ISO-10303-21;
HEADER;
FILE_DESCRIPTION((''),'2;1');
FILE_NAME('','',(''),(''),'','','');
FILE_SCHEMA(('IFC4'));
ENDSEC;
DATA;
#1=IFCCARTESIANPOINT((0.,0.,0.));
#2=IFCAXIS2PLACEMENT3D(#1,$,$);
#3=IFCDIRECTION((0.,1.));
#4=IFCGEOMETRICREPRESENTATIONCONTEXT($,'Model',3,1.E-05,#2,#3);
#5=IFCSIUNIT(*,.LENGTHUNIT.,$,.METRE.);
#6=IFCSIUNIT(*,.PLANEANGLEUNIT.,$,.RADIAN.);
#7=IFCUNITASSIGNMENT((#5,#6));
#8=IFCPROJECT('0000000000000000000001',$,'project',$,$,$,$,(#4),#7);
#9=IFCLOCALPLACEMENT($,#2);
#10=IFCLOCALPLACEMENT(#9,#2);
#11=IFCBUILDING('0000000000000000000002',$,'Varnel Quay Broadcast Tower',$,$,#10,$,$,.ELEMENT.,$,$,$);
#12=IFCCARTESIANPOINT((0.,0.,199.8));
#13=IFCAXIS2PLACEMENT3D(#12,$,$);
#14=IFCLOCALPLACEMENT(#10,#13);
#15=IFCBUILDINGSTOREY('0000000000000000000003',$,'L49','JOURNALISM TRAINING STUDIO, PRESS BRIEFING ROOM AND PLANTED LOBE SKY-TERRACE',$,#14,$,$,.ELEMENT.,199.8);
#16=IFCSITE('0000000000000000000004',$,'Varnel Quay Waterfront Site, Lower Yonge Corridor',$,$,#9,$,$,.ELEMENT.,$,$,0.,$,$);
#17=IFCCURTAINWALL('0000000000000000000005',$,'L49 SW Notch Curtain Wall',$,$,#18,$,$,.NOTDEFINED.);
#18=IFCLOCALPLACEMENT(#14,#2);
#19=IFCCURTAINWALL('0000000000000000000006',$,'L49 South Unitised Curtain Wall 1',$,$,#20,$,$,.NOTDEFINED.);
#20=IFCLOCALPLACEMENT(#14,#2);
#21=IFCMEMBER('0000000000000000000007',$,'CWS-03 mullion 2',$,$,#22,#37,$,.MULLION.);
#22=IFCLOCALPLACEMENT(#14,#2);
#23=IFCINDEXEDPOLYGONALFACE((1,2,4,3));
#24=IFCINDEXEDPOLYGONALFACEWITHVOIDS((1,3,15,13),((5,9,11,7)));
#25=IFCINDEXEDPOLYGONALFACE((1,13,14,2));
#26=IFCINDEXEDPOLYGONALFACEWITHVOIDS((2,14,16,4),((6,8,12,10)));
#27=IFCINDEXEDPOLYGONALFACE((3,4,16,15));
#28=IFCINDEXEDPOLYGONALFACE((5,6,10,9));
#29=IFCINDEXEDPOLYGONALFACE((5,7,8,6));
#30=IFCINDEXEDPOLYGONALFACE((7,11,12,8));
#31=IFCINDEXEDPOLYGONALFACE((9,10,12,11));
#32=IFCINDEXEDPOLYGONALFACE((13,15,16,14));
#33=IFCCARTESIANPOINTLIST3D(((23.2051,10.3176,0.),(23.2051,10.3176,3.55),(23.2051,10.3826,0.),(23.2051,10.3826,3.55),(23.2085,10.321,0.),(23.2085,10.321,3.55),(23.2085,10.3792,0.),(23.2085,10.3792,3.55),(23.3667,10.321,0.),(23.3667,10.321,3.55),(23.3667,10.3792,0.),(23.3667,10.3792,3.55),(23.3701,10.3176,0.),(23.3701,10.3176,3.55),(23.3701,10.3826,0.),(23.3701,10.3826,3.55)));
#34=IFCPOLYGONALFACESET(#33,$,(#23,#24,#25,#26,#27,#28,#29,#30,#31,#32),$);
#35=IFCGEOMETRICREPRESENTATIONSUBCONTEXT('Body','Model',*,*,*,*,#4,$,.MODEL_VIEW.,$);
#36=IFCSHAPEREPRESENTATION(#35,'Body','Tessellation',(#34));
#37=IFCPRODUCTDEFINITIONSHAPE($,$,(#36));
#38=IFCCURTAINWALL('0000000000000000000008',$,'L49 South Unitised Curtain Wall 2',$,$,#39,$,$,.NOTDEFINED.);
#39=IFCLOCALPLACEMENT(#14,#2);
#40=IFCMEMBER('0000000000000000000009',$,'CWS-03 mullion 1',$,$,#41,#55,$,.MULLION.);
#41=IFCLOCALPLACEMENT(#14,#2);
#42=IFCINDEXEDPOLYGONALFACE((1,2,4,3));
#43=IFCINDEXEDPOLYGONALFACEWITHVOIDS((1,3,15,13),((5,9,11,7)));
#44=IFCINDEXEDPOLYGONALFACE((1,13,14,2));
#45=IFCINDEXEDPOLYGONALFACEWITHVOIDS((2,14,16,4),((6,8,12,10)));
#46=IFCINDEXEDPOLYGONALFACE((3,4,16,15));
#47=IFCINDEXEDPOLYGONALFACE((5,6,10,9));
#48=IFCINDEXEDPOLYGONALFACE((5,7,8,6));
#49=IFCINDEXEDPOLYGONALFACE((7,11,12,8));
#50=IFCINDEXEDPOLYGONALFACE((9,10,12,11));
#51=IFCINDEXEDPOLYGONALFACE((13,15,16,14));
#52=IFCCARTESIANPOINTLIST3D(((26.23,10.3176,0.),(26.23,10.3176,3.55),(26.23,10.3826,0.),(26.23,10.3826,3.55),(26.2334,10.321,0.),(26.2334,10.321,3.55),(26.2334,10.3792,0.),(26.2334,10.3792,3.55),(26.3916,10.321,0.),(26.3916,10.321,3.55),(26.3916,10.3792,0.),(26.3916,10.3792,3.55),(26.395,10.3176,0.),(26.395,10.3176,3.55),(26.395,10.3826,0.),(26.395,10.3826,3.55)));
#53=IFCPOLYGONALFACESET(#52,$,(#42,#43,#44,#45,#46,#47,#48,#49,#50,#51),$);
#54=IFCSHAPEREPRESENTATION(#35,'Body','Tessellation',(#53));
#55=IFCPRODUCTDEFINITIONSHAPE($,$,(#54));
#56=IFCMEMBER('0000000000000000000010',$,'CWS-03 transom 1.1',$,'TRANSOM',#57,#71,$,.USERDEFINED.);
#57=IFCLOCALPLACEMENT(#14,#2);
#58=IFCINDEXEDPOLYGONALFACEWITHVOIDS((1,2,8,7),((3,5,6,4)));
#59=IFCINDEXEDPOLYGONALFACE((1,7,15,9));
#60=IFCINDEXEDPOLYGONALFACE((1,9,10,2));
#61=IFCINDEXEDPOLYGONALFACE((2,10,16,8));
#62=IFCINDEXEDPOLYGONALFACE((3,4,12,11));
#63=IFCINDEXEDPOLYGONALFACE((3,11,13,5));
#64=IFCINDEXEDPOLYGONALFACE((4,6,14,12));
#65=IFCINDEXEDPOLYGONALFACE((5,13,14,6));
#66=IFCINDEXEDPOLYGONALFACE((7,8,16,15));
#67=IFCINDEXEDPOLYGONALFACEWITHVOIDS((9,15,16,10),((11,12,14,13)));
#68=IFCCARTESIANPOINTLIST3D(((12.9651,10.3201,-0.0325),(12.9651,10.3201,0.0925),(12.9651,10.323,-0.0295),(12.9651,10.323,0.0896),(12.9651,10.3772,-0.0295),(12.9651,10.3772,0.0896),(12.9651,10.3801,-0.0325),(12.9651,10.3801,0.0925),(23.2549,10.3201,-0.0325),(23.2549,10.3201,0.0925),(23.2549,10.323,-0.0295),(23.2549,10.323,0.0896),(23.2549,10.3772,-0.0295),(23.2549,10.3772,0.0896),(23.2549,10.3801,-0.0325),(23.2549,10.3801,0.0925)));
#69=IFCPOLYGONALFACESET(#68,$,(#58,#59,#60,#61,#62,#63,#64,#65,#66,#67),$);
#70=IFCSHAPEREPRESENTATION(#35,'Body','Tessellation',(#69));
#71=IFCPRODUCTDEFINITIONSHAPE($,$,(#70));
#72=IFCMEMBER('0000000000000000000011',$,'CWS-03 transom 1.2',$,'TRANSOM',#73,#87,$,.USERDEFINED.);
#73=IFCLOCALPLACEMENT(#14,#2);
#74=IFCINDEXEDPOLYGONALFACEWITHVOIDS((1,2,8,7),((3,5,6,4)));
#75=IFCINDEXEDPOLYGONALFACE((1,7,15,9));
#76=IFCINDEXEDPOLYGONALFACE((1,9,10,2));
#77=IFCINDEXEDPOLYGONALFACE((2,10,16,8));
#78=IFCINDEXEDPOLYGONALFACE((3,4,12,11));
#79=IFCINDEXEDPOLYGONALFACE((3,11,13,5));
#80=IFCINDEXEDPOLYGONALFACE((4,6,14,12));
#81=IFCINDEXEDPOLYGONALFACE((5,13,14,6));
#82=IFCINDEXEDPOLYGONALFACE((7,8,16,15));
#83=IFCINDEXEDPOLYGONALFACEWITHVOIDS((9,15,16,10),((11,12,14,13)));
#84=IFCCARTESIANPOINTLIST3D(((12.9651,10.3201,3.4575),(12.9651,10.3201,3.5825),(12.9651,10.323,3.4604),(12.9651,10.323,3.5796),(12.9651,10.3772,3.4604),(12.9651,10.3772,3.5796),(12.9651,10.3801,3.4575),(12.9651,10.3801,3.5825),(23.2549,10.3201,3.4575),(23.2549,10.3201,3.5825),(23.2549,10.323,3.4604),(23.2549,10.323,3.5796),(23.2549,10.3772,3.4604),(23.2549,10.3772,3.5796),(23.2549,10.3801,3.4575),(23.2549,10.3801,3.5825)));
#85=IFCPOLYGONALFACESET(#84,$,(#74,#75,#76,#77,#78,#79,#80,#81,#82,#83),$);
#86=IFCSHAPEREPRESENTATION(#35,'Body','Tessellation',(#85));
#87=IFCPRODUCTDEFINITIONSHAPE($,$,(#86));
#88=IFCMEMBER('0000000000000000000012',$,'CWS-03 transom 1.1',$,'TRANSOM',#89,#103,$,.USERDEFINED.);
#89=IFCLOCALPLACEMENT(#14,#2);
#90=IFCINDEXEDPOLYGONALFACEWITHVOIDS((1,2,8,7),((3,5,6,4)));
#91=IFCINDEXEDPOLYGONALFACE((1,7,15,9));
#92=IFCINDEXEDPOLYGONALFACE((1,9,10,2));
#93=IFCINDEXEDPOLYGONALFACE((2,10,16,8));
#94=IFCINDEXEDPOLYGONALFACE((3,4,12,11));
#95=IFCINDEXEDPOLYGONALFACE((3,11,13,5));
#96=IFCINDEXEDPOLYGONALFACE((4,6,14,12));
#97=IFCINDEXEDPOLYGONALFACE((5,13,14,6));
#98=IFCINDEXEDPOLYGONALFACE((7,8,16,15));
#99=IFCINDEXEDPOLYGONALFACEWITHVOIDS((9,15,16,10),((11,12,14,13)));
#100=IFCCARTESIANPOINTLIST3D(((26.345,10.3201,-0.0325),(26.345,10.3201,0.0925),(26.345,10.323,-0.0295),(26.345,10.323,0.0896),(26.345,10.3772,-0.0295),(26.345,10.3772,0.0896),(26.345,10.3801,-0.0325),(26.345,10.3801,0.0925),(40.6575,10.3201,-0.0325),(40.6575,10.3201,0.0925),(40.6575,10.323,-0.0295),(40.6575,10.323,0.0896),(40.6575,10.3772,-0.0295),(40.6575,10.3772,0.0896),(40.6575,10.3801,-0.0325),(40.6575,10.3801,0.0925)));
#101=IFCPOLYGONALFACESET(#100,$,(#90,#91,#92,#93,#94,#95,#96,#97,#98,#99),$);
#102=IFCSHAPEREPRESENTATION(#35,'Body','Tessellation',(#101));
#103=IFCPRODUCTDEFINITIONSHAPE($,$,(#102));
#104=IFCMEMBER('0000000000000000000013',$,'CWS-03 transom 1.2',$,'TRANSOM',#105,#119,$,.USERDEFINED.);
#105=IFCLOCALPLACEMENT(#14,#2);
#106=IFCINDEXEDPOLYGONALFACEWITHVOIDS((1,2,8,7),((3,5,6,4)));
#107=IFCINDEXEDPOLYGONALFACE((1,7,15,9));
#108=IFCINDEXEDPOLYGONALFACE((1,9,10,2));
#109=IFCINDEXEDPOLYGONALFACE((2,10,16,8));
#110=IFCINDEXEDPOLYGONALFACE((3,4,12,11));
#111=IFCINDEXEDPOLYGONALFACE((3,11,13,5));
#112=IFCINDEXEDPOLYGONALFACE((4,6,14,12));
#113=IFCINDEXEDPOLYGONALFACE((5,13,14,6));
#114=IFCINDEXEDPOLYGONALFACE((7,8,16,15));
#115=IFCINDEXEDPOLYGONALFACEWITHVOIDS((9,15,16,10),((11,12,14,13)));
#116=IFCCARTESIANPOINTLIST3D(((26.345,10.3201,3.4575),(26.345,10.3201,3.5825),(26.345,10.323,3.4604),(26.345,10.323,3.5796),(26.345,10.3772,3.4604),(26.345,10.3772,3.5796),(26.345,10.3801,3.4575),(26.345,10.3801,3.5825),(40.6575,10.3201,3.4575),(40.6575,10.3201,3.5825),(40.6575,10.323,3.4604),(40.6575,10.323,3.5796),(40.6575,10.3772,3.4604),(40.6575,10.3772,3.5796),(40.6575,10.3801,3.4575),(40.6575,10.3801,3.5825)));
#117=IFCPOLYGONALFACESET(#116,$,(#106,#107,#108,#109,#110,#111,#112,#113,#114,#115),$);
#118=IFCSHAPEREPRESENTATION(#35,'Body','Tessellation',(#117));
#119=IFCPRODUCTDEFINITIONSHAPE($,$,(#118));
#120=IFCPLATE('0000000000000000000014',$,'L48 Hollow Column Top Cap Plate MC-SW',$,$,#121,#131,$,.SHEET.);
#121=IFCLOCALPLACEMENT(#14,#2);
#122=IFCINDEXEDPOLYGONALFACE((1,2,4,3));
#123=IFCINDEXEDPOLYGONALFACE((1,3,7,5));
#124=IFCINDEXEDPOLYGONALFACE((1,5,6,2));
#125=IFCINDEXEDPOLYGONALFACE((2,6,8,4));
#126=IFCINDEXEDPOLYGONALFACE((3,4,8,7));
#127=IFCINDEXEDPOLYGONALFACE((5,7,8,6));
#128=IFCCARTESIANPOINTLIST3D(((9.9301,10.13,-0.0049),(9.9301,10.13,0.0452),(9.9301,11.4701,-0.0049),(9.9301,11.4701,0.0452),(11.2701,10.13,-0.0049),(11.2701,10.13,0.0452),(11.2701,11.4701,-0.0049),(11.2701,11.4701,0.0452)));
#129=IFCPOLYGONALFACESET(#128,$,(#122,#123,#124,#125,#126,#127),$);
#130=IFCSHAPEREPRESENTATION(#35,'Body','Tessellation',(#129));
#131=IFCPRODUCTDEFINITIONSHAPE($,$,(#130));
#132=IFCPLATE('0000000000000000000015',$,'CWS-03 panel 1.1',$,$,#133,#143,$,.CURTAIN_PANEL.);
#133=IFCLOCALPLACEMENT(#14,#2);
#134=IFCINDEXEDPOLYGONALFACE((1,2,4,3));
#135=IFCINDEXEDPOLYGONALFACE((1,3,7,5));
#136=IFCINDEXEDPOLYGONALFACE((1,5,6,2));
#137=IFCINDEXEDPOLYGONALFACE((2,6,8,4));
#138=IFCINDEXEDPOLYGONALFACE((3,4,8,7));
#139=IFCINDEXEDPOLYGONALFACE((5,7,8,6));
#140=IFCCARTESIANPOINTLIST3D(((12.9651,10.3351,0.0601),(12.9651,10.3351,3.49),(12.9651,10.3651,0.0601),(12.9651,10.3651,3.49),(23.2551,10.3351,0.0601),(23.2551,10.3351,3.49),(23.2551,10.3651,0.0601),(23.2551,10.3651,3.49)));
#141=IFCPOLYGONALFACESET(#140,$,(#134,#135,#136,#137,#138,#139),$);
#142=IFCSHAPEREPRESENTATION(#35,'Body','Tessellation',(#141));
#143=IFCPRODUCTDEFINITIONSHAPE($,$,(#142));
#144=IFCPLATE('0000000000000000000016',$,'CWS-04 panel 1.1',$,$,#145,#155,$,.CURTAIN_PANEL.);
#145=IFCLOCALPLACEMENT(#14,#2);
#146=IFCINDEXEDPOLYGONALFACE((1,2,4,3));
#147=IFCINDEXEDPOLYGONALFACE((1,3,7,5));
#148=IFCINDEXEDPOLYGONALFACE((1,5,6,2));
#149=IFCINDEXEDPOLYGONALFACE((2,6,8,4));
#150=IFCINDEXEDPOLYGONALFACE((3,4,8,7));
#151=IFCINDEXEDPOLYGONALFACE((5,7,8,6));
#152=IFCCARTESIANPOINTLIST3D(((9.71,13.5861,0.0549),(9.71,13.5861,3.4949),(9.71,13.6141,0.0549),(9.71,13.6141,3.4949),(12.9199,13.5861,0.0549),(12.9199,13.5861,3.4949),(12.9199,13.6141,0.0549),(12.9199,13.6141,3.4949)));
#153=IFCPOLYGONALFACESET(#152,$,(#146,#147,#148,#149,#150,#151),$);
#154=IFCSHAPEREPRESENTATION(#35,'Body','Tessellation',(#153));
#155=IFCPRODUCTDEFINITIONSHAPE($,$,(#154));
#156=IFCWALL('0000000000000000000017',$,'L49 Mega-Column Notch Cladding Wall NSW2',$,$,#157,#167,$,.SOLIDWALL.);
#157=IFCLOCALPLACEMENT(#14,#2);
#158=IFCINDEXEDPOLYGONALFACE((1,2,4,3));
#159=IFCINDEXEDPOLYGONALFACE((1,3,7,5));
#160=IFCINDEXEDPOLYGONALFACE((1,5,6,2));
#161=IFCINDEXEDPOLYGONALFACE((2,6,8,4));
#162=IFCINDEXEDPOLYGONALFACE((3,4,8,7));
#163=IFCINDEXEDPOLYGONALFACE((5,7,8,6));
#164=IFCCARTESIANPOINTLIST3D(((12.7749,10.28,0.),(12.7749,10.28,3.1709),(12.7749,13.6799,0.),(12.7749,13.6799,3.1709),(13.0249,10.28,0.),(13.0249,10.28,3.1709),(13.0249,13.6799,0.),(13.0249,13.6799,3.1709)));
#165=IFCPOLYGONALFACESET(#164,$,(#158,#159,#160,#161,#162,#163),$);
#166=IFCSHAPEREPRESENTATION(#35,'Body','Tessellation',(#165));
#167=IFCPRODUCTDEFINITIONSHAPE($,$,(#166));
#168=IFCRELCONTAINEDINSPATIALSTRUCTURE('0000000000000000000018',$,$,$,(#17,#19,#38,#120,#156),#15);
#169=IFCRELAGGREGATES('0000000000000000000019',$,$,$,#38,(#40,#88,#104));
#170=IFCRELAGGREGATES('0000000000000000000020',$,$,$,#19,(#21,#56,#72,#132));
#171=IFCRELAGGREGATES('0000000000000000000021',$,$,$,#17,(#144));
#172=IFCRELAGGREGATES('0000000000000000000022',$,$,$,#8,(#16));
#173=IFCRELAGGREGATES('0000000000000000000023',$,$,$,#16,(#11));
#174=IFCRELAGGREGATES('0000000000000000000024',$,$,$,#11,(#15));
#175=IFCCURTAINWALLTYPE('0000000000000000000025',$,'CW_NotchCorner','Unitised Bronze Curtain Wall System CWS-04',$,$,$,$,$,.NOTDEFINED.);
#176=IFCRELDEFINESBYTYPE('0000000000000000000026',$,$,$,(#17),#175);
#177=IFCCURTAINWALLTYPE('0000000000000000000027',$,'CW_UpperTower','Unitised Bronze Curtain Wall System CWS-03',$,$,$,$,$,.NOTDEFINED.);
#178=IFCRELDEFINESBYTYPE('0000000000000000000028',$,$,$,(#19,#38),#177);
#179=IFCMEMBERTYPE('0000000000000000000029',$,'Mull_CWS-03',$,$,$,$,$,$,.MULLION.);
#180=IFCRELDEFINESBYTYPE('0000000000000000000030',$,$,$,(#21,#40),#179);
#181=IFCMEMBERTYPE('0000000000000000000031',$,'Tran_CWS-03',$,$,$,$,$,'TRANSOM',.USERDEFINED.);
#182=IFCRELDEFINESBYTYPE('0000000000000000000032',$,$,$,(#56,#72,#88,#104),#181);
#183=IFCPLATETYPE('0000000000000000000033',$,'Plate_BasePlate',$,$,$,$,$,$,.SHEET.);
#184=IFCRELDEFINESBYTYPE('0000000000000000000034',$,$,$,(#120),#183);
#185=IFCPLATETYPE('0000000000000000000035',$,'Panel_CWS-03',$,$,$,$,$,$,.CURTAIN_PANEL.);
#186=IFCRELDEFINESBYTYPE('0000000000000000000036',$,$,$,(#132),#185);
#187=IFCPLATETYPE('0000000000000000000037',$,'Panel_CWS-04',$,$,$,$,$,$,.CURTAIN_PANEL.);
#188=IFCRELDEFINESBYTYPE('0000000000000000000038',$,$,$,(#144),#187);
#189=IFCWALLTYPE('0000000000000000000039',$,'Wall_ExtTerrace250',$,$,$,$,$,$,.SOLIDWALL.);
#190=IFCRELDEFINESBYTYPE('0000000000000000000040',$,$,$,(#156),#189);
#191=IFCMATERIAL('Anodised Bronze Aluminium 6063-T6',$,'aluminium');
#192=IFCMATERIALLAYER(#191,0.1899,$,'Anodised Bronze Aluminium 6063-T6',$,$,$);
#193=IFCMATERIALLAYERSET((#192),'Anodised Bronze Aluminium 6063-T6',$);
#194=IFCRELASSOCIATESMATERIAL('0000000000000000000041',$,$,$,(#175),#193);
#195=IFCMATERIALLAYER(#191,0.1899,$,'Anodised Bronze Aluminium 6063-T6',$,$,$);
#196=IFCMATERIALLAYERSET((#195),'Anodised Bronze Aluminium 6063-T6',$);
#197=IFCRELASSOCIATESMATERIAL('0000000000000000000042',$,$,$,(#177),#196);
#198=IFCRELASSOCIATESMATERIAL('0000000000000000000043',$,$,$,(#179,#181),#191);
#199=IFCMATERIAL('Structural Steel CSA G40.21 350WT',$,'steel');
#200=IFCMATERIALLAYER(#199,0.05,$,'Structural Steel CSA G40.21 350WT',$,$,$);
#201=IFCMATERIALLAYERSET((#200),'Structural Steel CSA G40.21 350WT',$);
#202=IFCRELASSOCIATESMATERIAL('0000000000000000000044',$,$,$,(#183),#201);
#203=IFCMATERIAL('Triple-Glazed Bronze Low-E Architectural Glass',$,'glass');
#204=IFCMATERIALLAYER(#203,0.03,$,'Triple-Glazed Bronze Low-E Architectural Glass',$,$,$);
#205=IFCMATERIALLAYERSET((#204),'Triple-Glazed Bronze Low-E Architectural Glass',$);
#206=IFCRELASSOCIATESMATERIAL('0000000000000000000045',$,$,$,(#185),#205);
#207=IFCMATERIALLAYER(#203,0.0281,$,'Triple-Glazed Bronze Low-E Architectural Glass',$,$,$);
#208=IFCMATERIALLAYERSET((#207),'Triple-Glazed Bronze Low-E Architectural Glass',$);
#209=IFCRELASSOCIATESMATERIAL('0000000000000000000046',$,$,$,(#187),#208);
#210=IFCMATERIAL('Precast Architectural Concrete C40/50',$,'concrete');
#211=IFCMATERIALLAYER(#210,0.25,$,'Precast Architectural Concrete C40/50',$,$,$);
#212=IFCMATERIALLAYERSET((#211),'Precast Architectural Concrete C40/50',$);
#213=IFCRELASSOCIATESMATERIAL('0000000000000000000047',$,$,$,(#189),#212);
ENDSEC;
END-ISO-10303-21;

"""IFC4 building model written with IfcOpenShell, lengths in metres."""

from ifc_helpers import new_model, si_unit, direction, frame, frame_2d, origin, origin_2d, place, context, subcontext, project, spatial, rectangle, hollow_rectangle, extrude, source, transform, mapped, material, layer, layer_set, material_profile, profile_set, type_object, type_shapes, element, aggregate, save


model = new_model("IFC4")

# Units and contexts
model_context = context("Model", 3, precision=1e-05, world=origin(), true_north=direction((0.0, 1.0)))
body_context = subcontext(model_context, "Body", "Model", "MODEL_VIEW")
ifc_project = project(units=[si_unit("LENGTHUNIT", "METRE"), si_unit("PLANEANGLEUNIT", "RADIAN")], contexts=[model_context])

# Site, building, storey
site_placement = place(None, origin())
site = spatial("IfcSite", under=ifc_project, at=site_placement, Name="Varnel Quay Waterfront Site, Lower Yonge Corridor", CompositionType="ELEMENT", RefElevation=0.0)
building_placement = place(site_placement, origin())
building = spatial("IfcBuilding", under=site, at=building_placement, Name="Varnel Quay Broadcast Tower", CompositionType="ELEMENT")
storey_placement = place(building_placement, frame((0.0, 0.0, 199.8)))
storey = spatial("IfcBuildingStorey", under=building, at=storey_placement, Name="L49", Description="JOURNALISM TRAINING STUDIO, PRESS BRIEFING ROOM AND PLANTED LOBE SKY-TERRACE", CompositionType="ELEMENT", Elevation=199.8)

# Shared definitions
ifc_material_1 = material(Name="Structural Steel CSA G40.21 350WT", Category="steel")

# Curtain wall
ifc_material_2 = material(Name="Anodised Bronze Aluminium 6063-T6", Category="aluminium")
ifc_layer_1 = layer(ifc_material_2, 0.1899, Name="Anodised Bronze Aluminium 6063-T6")
ifc_layer_set_1 = layer_set([ifc_layer_1], Name="Anodised Bronze Aluminium 6063-T6")
curtain_wall_type_1 = type_object("IfcCurtainWallType", Name="CW_NotchCorner", Description="Unitised Bronze Curtain Wall System CWS-04", PredefinedType="NOTDEFINED", material=ifc_layer_set_1)
curtain_wall_1_placement = place(storey_placement, origin())
curtain_wall_1 = element("IfcCurtainWall", 1, at=curtain_wall_1_placement, inside=storey, type_object=curtain_wall_type_1, Name="L49 SW Notch Curtain Wall", PredefinedType="NOTDEFINED")

# Curtain wall, member
ifc_layer_2 = layer(ifc_material_2, 0.1899, Name="Anodised Bronze Aluminium 6063-T6")
ifc_layer_set_2 = layer_set([ifc_layer_2], Name="Anodised Bronze Aluminium 6063-T6")
curtain_wall_type_2 = type_object("IfcCurtainWallType", Name="CW_UpperTower", Description="Unitised Bronze Curtain Wall System CWS-03", PredefinedType="NOTDEFINED", material=ifc_layer_set_2)
curtain_wall_2_placement = place(storey_placement, origin())
curtain_wall_2 = element("IfcCurtainWall", 2, at=curtain_wall_2_placement, inside=storey, type_object=curtain_wall_type_2, Name="L49 South Unitised Curtain Wall 1", PredefinedType="NOTDEFINED")
ifc_material_profile_1 = material_profile(ifc_material_2, hollow_rectangle(XDim=0.0649, YDim=0.165, WallThickness=0.0034, at=origin_2d()), Name="ALU65X165X3.5")
ifc_profile_set_1 = profile_set([ifc_material_profile_1], Name="Anodised Bronze Aluminium 6063-T6")
member_type_1 = type_object("IfcMemberType", Name="Mull_CWS-03", PredefinedType="MULLION", material=ifc_profile_set_1)
shared_shape_1 = source(origin(), body_context, "Body", "SweptSolid", [
    extrude(hollow_rectangle(XDim=0.0649, YDim=0.165, WallThickness=0.0034, at=origin_2d()), origin(), (0.0, 0.0, 1.0), 3.55),
])
type_shapes(member_type_1, [shared_shape_1])
member_1_placement = place(storey_placement, frame((23.2876, 10.3501, 0.0), z_axis=(0.0, 0.0, 1.0), x_axis=(0.0, 1.0, 0.0)))
member_1 = element("IfcMember", 3, at=member_1_placement, type_object=member_type_1, Name="CWS-03 mullion 2", PredefinedType="MULLION", context=body_context, shape_type="MappedRepresentation", body=[
    mapped(shared_shape_1, transform((0.0, 0.0, 0.0), x_axis=(1.0, 0.0, 0.0), y_axis=(0.0, 1.0, 0.0), z_axis=(0.0, 0.0, 1.0), scale=1.0)),
])

# Curtain wall, member
curtain_wall_3_placement = place(storey_placement, origin())
curtain_wall_3 = element("IfcCurtainWall", 4, at=curtain_wall_3_placement, inside=storey, type_object=curtain_wall_type_2, Name="L49 South Unitised Curtain Wall 2", PredefinedType="NOTDEFINED")
member_2_placement = place(storey_placement, frame((26.3125, 10.3501, 0.0), z_axis=(0.0, 0.0, 1.0), x_axis=(0.0, 1.0, 0.0)))
member_2 = element("IfcMember", 5, at=member_2_placement, type_object=member_type_1, Name="CWS-03 mullion 1", PredefinedType="MULLION", context=body_context, shape_type="MappedRepresentation", body=[
    mapped(shared_shape_1, transform((0.0, 0.0, 0.0), x_axis=(1.0, 0.0, 0.0), y_axis=(0.0, 1.0, 0.0), z_axis=(0.0, 0.0, 1.0), scale=1.0)),
])

# Members
ifc_material_profile_2 = material_profile(ifc_material_2, hollow_rectangle(XDim=0.0601, YDim=0.125, WallThickness=0.0029, at=origin_2d()), Name="ALU60X125X3")
ifc_profile_set_2 = profile_set([ifc_material_profile_2], Name="Anodised Bronze Aluminium 6063-T6")
member_type_2 = type_object("IfcMemberType", Name="Tran_CWS-03", ElementType="TRANSOM", PredefinedType="USERDEFINED", material=ifc_profile_set_2)
shared_shape_2 = source(origin(), body_context, "Body", "SweptSolid", [
    extrude(hollow_rectangle(XDim=0.0601, YDim=0.125, WallThickness=0.0029, at=origin_2d()), origin(), (0.0, 0.0, 1.0), 10.2898),
])
member_3_placement = place(storey_placement, frame((12.9651, 10.3501, 0.03), z_axis=(1.0, 0.0, 0.0), x_axis=(0.0, 1.0, 0.0)))
member_3 = element("IfcMember", 6, at=member_3_placement, type_object=member_type_2, Name="CWS-03 transom 1.1", ObjectType="TRANSOM", PredefinedType="USERDEFINED", context=body_context, shape_type="MappedRepresentation", body=[
    mapped(shared_shape_2, transform((0.0, 0.0, 0.0), x_axis=(1.0, 0.0, 0.0), y_axis=(0.0, 1.0, 0.0), z_axis=(0.0, 0.0, 1.0), scale=1.0)),
])
member_4_placement = place(storey_placement, frame((12.9651, 10.3501, 3.52), z_axis=(1.0, 0.0, 0.0), x_axis=(0.0, 1.0, 0.0)))
member_4 = element("IfcMember", 7, at=member_4_placement, type_object=member_type_2, Name="CWS-03 transom 1.2", ObjectType="TRANSOM", PredefinedType="USERDEFINED", context=body_context, shape_type="MappedRepresentation", body=[
    mapped(shared_shape_2, transform((0.0, 0.0, 0.0), x_axis=(1.0, 0.0, 0.0), y_axis=(0.0, 1.0, 0.0), z_axis=(0.0, 0.0, 1.0), scale=1.0)),
])
shared_shape_3 = source(origin(), body_context, "Body", "SweptSolid", [
    extrude(hollow_rectangle(XDim=0.0601, YDim=0.125, WallThickness=0.0029, at=origin_2d()), origin(), (0.0, 0.0, 1.0), 14.3125),
])
type_shapes(member_type_2, [shared_shape_2, shared_shape_3])
member_5_placement = place(storey_placement, frame((26.345, 10.3501, 0.03), z_axis=(1.0, 0.0, 0.0), x_axis=(0.0, 1.0, 0.0)))
member_5 = element("IfcMember", 8, at=member_5_placement, type_object=member_type_2, Name="CWS-03 transom 1.1", ObjectType="TRANSOM", PredefinedType="USERDEFINED", context=body_context, shape_type="MappedRepresentation", body=[
    mapped(shared_shape_3, transform((0.0, 0.0, 0.0), x_axis=(1.0, 0.0, 0.0), y_axis=(0.0, 1.0, 0.0), z_axis=(0.0, 0.0, 1.0), scale=1.0)),
])
member_6_placement = place(storey_placement, frame((26.345, 10.3501, 3.52), z_axis=(1.0, 0.0, 0.0), x_axis=(0.0, 1.0, 0.0)))
member_6 = element("IfcMember", 9, at=member_6_placement, type_object=member_type_2, Name="CWS-03 transom 1.2", ObjectType="TRANSOM", PredefinedType="USERDEFINED", context=body_context, shape_type="MappedRepresentation", body=[
    mapped(shared_shape_3, transform((0.0, 0.0, 0.0), x_axis=(1.0, 0.0, 0.0), y_axis=(0.0, 1.0, 0.0), z_axis=(0.0, 0.0, 1.0), scale=1.0)),
])
aggregate(curtain_wall_3, [member_2, member_5, member_6])

# Plates
ifc_layer_3 = layer(ifc_material_1, 0.05, Name="Structural Steel CSA G40.21 350WT")
ifc_layer_set_3 = layer_set([ifc_layer_3], Name="Structural Steel CSA G40.21 350WT")
plate_type_1 = type_object("IfcPlateType", Name="Plate_BasePlate", PredefinedType="SHEET", material=ifc_layer_set_3)
shared_shape_4 = source(origin(), body_context, "Body", "SweptSolid", [
    extrude(rectangle(XDim=1.3401, YDim=1.3401, at=origin_2d()), origin(), (0.0, 0.0, 1.0), 0.05),
])
type_shapes(plate_type_1, [shared_shape_4])
plate_1_placement = place(storey_placement, frame((10.6001, 10.8, -0.0049), z_axis=(0.0, 0.0, 1.0), x_axis=(1.0, 0.0, 0.0)))
element("IfcPlate", 10, at=plate_1_placement, inside=storey, type_object=plate_type_1, Name="L48 Hollow Column Top Cap Plate MC-SW", PredefinedType="SHEET", context=body_context, shape_type="MappedRepresentation", body=[
    mapped(shared_shape_4, transform((0.0, 0.0, 0.0), x_axis=(1.0, 0.0, 0.0), y_axis=(0.0, 1.0, 0.0), z_axis=(0.0, 0.0, 1.0), scale=1.0)),
])
ifc_material_3 = material(Name="Triple-Glazed Bronze Low-E Architectural Glass", Category="glass")
ifc_layer_4 = layer(ifc_material_3, 0.03, Name="Triple-Glazed Bronze Low-E Architectural Glass")
ifc_layer_set_4 = layer_set([ifc_layer_4], Name="Triple-Glazed Bronze Low-E Architectural Glass")
plate_type_2 = type_object("IfcPlateType", Name="Panel_CWS-03", PredefinedType="CURTAIN_PANEL", material=ifc_layer_set_4)
shared_shape_5 = source(origin(), body_context, "Body", "SweptSolid", [
    extrude(rectangle(XDim=10.29, YDim=0.03, at=origin_2d()), origin(), (0.0, 0.0, 1.0), 3.4299),
])
type_shapes(plate_type_2, [shared_shape_5])
plate_2_placement = place(storey_placement, frame((18.1101, 10.3501, 0.0601), z_axis=(0.0, 0.0, 1.0), x_axis=(1.0, 0.0, 0.0)))
plate_2 = element("IfcPlate", 11, at=plate_2_placement, type_object=plate_type_2, Name="CWS-03 panel 1.1", PredefinedType="CURTAIN_PANEL", context=body_context, shape_type="MappedRepresentation", body=[
    mapped(shared_shape_5, transform((0.0, 0.0, 0.0), x_axis=(1.0, 0.0, 0.0), y_axis=(0.0, 1.0, 0.0), z_axis=(0.0, 0.0, 1.0), scale=1.0)),
])
aggregate(curtain_wall_2, [member_1, member_3, member_4, plate_2])
ifc_layer_5 = layer(ifc_material_3, 0.0281, Name="Triple-Glazed Bronze Low-E Architectural Glass")
ifc_layer_set_5 = layer_set([ifc_layer_5], Name="Triple-Glazed Bronze Low-E Architectural Glass")
plate_type_3 = type_object("IfcPlateType", Name="Panel_CWS-04", PredefinedType="CURTAIN_PANEL", material=ifc_layer_set_5)
shared_shape_6 = source(origin(), body_context, "Body", "SweptSolid", [
    extrude(rectangle(XDim=3.21, YDim=0.0281, at=origin_2d()), origin(), (0.0, 0.0, 1.0), 3.4399),
])
type_shapes(plate_type_3, [shared_shape_6])
plate_3_placement = place(storey_placement, frame((11.3149, 13.6001, 0.0549), z_axis=(0.0, 0.0, 1.0), x_axis=(1.0, 0.0, 0.0)))
plate_3 = element("IfcPlate", 12, at=plate_3_placement, type_object=plate_type_3, Name="CWS-04 panel 1.1", PredefinedType="CURTAIN_PANEL", context=body_context, shape_type="MappedRepresentation", body=[
    mapped(shared_shape_6, transform((0.0, 0.0, 0.0), x_axis=(1.0, 0.0, 0.0), y_axis=(0.0, 1.0, 0.0), z_axis=(0.0, 0.0, 1.0), scale=1.0)),
])
aggregate(curtain_wall_1, [plate_3])

# Shared definitions
ifc_material_4 = material(Name="Precast Architectural Concrete C40/50", Category="concrete")
ifc_layer_6 = layer(ifc_material_4, 0.25, Name="Precast Architectural Concrete C40/50")
ifc_layer_set_6 = layer_set([ifc_layer_6], Name="Precast Architectural Concrete C40/50")
wall_type = type_object("IfcWallType", Name="Wall_ExtTerrace250", PredefinedType="SOLIDWALL", material=ifc_layer_set_6)

# Wall
wall_1_placement = place(storey_placement, frame((12.8999, 10.28, 0.0), z_axis=(0.0, 0.0, 1.0), x_axis=(0.0, 1.0, 0.0)))
element("IfcWall", 13, at=wall_1_placement, inside=storey, type_object=wall_type, Name="L49 Mega-Column Notch Cladding Wall NSW2", PredefinedType="SOLIDWALL", context=body_context, shape_type="SweptSolid", body=[
    extrude(rectangle(XDim=3.3999, YDim=0.25, at=frame_2d((1.7, 0.0))), origin(), (0.0, 0.0, 1.0), 3.1709),
])

save(model, "model.ifc")
